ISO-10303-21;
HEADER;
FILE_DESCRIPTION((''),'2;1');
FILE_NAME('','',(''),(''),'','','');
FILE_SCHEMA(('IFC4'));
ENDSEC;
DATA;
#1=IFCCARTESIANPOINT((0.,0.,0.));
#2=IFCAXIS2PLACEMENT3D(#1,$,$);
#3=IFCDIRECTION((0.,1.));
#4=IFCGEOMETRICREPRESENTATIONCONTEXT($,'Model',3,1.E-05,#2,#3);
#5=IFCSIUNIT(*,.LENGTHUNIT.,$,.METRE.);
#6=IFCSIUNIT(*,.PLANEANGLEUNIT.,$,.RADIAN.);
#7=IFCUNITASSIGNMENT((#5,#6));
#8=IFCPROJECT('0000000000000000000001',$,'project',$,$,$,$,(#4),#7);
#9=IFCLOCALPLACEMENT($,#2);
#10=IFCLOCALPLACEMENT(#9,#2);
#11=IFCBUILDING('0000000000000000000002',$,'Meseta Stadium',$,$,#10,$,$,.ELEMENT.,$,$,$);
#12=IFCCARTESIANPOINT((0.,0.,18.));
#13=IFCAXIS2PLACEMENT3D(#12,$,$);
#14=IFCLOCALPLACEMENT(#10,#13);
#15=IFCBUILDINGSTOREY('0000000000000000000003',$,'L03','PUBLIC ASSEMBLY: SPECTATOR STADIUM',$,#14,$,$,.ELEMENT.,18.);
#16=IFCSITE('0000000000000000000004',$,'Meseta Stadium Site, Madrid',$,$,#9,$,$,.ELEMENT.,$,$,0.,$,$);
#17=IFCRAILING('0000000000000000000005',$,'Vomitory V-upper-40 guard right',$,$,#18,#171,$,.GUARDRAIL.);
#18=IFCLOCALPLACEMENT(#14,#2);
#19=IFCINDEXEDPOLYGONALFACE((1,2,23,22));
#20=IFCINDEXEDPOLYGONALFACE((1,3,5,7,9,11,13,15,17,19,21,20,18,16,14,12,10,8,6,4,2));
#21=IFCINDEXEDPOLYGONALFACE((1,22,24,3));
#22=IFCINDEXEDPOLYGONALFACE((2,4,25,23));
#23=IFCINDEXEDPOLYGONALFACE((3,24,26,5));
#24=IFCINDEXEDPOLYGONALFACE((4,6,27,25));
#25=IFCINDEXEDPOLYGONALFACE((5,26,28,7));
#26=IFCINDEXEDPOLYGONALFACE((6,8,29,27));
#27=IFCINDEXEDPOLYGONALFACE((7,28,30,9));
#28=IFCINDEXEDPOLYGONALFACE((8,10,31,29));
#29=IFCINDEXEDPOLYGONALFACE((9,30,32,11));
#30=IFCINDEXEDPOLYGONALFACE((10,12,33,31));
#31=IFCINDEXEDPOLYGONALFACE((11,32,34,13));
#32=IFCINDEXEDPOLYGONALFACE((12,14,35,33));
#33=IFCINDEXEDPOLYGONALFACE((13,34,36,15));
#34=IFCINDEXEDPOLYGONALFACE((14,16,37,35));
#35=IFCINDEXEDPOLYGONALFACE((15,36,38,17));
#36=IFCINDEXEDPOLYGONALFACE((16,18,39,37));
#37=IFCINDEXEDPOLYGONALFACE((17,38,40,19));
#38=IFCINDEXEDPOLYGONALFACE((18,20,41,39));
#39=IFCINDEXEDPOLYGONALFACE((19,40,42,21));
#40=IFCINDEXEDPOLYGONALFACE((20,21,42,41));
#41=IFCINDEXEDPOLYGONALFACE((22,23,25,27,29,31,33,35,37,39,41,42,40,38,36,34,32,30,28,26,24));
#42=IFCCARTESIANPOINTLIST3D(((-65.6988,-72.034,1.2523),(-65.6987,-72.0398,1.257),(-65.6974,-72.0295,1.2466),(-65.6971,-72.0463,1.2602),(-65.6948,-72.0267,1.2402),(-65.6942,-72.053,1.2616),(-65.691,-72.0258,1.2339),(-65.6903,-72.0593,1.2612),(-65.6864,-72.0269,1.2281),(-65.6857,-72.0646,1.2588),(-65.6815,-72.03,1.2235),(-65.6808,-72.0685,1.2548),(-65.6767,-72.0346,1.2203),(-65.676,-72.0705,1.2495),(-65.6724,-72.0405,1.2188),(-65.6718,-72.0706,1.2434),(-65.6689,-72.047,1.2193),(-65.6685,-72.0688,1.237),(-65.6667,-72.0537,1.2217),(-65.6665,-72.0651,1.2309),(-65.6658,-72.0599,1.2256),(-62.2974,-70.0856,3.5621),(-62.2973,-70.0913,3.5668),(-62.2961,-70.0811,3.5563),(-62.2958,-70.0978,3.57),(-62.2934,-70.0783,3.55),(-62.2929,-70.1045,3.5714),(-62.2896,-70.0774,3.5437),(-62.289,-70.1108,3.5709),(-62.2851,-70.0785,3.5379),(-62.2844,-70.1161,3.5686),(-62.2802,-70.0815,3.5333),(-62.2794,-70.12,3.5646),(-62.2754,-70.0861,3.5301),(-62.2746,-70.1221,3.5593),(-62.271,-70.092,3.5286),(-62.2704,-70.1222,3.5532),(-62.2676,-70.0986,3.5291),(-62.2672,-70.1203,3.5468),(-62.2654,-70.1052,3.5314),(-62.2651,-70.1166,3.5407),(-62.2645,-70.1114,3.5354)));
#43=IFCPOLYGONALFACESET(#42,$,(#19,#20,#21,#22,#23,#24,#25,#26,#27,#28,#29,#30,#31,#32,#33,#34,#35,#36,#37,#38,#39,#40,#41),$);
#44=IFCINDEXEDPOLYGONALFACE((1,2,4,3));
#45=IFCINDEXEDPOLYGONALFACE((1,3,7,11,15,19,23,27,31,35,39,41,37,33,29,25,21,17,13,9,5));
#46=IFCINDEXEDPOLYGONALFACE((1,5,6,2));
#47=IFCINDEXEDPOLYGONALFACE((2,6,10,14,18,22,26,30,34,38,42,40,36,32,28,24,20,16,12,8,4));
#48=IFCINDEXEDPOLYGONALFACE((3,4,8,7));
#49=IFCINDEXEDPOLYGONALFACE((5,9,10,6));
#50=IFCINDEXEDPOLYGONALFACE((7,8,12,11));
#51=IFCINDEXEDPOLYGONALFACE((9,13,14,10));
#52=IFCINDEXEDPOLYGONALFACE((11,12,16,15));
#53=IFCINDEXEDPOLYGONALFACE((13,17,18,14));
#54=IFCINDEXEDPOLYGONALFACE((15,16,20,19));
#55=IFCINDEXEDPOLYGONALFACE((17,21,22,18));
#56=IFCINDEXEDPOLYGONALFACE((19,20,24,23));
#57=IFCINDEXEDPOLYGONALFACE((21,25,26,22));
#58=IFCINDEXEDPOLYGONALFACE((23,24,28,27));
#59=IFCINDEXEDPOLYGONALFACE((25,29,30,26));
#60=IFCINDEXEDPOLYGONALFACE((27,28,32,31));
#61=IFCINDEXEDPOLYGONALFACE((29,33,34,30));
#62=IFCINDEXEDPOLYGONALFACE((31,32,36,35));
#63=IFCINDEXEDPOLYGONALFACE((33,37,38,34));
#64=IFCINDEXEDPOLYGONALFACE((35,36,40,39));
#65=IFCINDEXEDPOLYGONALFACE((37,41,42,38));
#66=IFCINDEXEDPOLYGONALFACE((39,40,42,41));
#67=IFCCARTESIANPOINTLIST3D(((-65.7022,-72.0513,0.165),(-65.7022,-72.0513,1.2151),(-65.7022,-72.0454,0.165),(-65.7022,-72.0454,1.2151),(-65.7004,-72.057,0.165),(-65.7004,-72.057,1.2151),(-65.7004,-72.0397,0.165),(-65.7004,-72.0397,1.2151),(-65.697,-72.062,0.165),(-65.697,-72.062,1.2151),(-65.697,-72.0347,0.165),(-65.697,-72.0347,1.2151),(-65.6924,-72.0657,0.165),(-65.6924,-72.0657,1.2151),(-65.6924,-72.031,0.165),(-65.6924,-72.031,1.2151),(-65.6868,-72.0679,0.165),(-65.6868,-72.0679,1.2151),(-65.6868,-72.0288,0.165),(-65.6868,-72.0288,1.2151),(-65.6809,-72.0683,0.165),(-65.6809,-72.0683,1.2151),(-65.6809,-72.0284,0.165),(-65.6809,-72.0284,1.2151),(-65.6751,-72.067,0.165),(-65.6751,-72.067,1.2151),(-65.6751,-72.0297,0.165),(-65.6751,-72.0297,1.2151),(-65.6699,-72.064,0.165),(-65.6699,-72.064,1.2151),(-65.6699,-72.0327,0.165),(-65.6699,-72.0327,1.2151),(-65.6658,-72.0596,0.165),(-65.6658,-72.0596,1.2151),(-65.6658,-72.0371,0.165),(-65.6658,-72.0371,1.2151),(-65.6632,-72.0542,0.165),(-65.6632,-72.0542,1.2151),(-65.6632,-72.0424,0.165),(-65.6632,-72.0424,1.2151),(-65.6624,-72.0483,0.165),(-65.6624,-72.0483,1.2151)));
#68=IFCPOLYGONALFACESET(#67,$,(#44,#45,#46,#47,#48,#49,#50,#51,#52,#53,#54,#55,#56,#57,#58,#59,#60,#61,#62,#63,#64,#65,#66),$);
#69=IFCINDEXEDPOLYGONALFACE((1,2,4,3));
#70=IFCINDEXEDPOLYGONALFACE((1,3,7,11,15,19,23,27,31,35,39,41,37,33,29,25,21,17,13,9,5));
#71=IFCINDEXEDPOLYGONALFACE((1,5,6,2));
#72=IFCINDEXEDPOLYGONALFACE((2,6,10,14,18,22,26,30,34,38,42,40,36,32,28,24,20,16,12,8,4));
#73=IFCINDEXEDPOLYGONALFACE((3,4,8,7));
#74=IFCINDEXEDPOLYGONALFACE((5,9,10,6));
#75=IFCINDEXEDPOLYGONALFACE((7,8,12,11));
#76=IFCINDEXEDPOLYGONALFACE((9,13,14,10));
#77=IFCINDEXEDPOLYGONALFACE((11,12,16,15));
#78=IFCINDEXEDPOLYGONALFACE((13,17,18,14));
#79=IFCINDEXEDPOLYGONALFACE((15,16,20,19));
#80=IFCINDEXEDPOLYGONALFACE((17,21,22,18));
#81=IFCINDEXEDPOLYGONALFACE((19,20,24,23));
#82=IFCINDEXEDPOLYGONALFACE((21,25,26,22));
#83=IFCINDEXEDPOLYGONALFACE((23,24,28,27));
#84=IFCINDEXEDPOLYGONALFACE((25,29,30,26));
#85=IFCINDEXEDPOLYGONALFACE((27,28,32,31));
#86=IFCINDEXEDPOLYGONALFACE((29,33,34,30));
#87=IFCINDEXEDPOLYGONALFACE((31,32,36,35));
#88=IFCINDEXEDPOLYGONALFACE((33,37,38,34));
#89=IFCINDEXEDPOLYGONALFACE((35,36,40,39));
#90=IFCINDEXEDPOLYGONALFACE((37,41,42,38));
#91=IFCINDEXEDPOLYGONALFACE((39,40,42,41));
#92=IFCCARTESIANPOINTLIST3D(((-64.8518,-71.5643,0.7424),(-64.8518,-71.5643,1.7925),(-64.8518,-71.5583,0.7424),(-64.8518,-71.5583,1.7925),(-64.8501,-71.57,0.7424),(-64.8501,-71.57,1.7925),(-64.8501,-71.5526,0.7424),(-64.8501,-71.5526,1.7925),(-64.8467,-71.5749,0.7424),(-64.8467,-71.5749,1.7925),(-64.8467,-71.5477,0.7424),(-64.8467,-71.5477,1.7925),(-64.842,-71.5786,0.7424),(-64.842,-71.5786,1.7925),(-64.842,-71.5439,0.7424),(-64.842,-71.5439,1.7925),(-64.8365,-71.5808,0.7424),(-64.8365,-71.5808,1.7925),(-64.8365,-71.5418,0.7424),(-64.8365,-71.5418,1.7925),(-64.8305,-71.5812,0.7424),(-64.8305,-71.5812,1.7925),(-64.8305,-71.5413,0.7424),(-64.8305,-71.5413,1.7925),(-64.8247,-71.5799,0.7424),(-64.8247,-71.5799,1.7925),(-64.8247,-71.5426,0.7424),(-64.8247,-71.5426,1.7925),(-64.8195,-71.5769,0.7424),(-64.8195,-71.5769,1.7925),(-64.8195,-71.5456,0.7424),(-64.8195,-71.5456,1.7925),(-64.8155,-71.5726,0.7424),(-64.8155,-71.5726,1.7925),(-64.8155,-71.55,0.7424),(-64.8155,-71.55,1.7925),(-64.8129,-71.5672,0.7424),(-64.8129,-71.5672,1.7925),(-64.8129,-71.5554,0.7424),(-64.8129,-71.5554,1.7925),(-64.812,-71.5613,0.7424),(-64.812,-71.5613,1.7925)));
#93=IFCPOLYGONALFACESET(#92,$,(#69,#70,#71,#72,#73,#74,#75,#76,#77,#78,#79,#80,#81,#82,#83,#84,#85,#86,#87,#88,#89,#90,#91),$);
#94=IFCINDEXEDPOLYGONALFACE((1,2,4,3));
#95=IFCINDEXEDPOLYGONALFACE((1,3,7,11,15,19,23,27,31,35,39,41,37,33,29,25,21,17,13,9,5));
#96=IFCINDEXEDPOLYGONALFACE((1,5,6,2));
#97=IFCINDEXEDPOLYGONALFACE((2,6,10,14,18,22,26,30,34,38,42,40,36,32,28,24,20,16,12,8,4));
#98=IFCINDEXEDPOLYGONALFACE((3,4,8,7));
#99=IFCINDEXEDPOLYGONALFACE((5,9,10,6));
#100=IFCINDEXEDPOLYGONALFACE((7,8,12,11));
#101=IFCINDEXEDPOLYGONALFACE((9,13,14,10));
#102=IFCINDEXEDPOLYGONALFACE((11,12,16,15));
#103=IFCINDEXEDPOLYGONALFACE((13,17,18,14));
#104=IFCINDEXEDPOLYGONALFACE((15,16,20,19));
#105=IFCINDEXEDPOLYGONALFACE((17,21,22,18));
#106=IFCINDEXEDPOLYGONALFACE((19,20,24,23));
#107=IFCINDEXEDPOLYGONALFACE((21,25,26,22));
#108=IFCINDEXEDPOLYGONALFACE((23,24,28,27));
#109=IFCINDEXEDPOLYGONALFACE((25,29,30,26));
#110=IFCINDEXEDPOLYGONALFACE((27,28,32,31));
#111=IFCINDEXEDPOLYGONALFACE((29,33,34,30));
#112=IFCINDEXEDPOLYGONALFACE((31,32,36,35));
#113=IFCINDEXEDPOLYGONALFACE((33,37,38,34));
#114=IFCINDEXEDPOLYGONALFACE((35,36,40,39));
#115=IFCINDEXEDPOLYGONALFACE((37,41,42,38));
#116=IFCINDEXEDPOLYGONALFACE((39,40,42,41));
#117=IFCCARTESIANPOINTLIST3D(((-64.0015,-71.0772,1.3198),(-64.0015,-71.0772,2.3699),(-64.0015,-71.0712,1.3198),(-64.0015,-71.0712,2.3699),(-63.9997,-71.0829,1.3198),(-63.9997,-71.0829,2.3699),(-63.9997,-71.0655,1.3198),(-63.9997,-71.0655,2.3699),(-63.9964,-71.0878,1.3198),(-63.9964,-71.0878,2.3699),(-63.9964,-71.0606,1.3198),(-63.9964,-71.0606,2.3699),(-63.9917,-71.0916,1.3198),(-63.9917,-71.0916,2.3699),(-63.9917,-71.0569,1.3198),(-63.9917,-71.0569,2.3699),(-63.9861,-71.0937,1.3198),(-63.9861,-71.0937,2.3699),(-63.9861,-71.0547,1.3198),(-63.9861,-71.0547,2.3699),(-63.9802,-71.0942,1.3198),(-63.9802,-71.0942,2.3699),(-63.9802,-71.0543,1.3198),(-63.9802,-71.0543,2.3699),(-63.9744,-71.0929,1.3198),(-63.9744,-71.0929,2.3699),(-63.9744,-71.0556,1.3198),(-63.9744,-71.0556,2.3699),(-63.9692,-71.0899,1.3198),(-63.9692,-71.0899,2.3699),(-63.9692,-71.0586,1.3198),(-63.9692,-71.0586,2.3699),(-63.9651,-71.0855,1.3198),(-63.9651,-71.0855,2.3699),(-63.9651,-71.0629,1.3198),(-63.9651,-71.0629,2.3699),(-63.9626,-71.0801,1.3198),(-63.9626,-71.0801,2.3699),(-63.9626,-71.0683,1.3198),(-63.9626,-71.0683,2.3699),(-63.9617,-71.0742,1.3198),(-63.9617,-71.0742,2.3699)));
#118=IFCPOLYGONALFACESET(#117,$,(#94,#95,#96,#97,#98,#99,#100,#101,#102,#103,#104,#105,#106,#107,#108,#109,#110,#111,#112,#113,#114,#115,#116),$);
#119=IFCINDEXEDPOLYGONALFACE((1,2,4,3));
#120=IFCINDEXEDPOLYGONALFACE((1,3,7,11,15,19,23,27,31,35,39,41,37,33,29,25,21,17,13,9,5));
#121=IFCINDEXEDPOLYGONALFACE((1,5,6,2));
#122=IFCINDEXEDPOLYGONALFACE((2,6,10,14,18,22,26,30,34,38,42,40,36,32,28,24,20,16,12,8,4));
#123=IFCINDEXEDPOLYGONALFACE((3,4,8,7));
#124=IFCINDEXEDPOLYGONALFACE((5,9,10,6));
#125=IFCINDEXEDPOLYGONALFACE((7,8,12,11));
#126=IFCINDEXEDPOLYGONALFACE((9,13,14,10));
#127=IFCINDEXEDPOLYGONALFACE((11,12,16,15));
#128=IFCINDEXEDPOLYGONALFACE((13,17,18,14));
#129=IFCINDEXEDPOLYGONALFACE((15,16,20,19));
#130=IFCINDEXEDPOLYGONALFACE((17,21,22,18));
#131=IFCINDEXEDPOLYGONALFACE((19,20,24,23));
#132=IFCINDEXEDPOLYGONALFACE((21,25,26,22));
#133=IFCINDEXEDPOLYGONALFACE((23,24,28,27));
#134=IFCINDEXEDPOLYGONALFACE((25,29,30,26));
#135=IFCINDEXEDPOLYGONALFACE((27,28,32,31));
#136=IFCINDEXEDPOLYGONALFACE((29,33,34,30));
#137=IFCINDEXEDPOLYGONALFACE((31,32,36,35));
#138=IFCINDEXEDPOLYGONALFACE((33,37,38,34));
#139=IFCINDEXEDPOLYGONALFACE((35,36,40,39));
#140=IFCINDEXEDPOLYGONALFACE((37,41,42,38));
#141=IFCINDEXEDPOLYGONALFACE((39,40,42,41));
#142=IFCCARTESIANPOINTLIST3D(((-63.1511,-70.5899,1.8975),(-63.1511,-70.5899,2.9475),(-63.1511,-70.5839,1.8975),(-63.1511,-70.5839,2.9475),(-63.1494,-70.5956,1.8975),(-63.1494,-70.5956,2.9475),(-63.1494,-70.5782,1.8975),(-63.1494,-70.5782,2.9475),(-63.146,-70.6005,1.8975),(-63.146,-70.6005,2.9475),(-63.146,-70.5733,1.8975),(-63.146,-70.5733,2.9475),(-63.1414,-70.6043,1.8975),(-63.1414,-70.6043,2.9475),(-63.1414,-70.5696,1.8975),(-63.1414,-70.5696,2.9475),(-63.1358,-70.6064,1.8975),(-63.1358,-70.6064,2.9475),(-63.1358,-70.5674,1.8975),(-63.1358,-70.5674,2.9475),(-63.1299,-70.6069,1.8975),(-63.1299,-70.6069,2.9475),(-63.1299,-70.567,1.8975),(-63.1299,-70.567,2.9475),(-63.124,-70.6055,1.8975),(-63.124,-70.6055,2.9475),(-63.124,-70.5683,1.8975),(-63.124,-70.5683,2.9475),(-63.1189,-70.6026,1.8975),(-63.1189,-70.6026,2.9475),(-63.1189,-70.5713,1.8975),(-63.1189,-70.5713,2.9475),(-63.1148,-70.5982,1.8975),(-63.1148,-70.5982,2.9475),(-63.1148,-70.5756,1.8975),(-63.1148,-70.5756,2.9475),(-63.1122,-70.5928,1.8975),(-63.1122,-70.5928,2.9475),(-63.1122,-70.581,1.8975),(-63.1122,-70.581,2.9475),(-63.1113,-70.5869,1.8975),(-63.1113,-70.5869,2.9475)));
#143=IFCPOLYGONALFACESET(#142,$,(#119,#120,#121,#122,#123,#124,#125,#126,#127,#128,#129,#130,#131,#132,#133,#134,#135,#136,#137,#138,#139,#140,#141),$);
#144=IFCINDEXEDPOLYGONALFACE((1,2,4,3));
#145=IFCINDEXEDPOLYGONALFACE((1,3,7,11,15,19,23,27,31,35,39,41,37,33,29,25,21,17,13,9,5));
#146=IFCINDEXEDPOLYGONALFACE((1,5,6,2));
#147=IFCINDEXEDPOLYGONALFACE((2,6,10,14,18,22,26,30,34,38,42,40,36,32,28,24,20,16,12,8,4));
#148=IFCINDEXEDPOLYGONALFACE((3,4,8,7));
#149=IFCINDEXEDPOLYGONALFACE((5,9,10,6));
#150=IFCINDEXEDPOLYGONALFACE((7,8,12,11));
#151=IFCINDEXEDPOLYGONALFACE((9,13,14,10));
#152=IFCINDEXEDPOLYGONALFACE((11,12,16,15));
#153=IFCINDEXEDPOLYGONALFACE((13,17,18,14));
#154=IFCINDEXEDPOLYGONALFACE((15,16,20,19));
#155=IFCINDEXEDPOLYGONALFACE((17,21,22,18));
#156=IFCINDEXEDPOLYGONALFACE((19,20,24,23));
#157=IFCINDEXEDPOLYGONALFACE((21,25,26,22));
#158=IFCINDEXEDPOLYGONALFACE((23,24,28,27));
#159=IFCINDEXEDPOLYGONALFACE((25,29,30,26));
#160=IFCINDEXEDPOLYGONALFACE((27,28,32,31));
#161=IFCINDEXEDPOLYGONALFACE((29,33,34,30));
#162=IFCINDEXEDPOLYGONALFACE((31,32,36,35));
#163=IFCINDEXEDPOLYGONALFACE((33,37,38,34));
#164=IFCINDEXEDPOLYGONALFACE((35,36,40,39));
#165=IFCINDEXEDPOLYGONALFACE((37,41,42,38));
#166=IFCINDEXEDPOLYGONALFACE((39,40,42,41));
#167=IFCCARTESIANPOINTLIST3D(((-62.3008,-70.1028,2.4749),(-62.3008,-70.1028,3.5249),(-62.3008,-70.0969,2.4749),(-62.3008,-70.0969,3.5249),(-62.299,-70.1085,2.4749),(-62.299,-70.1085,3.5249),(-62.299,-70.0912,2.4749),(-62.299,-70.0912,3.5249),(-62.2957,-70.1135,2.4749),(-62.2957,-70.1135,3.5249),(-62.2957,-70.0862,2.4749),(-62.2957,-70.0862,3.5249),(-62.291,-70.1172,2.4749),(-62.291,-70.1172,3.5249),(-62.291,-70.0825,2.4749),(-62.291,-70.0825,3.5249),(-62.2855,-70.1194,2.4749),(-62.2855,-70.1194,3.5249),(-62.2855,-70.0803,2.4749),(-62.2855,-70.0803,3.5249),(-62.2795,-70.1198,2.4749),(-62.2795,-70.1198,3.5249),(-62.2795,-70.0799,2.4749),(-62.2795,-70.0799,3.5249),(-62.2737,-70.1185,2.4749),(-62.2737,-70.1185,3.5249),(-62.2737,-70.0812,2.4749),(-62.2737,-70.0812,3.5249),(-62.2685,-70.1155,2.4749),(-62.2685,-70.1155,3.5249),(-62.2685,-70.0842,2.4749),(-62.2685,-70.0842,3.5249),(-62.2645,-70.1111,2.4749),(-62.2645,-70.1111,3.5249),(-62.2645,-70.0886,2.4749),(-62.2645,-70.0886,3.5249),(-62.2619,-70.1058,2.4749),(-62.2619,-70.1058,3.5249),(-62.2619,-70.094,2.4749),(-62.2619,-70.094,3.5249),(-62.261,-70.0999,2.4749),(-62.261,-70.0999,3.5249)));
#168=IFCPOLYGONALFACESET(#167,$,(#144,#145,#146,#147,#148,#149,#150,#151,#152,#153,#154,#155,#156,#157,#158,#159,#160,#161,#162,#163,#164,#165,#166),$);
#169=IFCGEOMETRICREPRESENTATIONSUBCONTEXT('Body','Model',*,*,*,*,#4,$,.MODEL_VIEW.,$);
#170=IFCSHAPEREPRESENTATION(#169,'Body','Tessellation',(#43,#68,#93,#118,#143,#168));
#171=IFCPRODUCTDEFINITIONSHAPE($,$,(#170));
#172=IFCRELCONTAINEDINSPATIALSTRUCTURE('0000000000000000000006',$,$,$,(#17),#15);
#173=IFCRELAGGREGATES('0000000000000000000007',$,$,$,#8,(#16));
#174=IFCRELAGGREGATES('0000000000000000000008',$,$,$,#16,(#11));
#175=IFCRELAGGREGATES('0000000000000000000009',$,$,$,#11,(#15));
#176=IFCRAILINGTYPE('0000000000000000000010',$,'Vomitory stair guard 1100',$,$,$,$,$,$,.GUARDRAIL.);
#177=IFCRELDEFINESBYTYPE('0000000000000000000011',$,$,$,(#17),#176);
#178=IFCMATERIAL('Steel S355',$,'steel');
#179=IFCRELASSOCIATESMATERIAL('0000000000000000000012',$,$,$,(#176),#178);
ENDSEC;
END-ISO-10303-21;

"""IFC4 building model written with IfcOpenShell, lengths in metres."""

from ifc_helpers import new_model, si_unit, direction, frame, origin, origin_2d, place, context, subcontext, project, spatial, circle, extrude, material, type_object, element, save


model = new_model("IFC4")

# Units and contexts
model_context = context("Model", 3, precision=1e-05, world=origin(), true_north=direction((0.0, 1.0)))
body_context = subcontext(model_context, "Body", "Model", "MODEL_VIEW")
ifc_project = project(units=[si_unit("LENGTHUNIT", "METRE"), si_unit("PLANEANGLEUNIT", "RADIAN")], contexts=[model_context])

# Site, building, storey
site_placement = place(None, origin())
site = spatial("IfcSite", under=ifc_project, at=site_placement, Name="Meseta Stadium Site, Madrid", CompositionType="ELEMENT", RefElevation=0.0)
building_placement = place(site_placement, origin())
building = spatial("IfcBuilding", under=site, at=building_placement, Name="Meseta Stadium", CompositionType="ELEMENT")
storey_placement = place(building_placement, frame((0.0, 0.0, 18.0)))
storey = spatial("IfcBuildingStorey", under=building, at=storey_placement, Name="L03", Description="PUBLIC ASSEMBLY: SPECTATOR STADIUM", CompositionType="ELEMENT", Elevation=18.0)

# Railing
ifc_material_1 = material(Name="Steel S355", Category="steel")
railing_type_1 = type_object("IfcRailingType", Name="Vomitory stair guard 1100", PredefinedType="GUARDRAIL", material=ifc_material_1)
railing_1_placement = place(storey_placement, frame((-65.6824, -72.0483, 0.165)))
element("IfcRailing", 1, at=railing_1_placement, inside=storey, type_object=railing_type_1, Name="Vomitory V-upper-40 guard right", PredefinedType="GUARDRAIL", context=body_context, shape_type="SweptSolid", body=[
    extrude(circle(Radius=0.0249, at=origin_2d()), frame((0.0, 0.0, 1.0752), z_axis=(0.747578, 0.428253, 0.507668), x_axis=(-0.497071, 0.86771, 0.0)), (0.0, 0.0, 1.0), 4.5498),
    extrude(circle(Radius=0.02, at=origin_2d()), origin(), (0.0, 0.0, 1.0), 1.05),
    extrude(circle(Radius=0.02, at=origin_2d()), frame((0.8503, 0.4871, 0.5774)), (0.0, 0.0, 1.0), 1.05),
    extrude(circle(Radius=0.02, at=origin_2d()), frame((1.7007, 0.9741, 1.1548)), (0.0, 0.0, 1.0), 1.05),
    extrude(circle(Radius=0.02, at=origin_2d()), frame((2.551, 1.4614, 1.7324)), (0.0, 0.0, 1.0), 1.05),
    extrude(circle(Radius=0.02, at=origin_2d()), frame((3.4014, 1.9485, 2.3098)), (0.0, 0.0, 1.0), 1.05),
])

save(model, "model.ifc")
